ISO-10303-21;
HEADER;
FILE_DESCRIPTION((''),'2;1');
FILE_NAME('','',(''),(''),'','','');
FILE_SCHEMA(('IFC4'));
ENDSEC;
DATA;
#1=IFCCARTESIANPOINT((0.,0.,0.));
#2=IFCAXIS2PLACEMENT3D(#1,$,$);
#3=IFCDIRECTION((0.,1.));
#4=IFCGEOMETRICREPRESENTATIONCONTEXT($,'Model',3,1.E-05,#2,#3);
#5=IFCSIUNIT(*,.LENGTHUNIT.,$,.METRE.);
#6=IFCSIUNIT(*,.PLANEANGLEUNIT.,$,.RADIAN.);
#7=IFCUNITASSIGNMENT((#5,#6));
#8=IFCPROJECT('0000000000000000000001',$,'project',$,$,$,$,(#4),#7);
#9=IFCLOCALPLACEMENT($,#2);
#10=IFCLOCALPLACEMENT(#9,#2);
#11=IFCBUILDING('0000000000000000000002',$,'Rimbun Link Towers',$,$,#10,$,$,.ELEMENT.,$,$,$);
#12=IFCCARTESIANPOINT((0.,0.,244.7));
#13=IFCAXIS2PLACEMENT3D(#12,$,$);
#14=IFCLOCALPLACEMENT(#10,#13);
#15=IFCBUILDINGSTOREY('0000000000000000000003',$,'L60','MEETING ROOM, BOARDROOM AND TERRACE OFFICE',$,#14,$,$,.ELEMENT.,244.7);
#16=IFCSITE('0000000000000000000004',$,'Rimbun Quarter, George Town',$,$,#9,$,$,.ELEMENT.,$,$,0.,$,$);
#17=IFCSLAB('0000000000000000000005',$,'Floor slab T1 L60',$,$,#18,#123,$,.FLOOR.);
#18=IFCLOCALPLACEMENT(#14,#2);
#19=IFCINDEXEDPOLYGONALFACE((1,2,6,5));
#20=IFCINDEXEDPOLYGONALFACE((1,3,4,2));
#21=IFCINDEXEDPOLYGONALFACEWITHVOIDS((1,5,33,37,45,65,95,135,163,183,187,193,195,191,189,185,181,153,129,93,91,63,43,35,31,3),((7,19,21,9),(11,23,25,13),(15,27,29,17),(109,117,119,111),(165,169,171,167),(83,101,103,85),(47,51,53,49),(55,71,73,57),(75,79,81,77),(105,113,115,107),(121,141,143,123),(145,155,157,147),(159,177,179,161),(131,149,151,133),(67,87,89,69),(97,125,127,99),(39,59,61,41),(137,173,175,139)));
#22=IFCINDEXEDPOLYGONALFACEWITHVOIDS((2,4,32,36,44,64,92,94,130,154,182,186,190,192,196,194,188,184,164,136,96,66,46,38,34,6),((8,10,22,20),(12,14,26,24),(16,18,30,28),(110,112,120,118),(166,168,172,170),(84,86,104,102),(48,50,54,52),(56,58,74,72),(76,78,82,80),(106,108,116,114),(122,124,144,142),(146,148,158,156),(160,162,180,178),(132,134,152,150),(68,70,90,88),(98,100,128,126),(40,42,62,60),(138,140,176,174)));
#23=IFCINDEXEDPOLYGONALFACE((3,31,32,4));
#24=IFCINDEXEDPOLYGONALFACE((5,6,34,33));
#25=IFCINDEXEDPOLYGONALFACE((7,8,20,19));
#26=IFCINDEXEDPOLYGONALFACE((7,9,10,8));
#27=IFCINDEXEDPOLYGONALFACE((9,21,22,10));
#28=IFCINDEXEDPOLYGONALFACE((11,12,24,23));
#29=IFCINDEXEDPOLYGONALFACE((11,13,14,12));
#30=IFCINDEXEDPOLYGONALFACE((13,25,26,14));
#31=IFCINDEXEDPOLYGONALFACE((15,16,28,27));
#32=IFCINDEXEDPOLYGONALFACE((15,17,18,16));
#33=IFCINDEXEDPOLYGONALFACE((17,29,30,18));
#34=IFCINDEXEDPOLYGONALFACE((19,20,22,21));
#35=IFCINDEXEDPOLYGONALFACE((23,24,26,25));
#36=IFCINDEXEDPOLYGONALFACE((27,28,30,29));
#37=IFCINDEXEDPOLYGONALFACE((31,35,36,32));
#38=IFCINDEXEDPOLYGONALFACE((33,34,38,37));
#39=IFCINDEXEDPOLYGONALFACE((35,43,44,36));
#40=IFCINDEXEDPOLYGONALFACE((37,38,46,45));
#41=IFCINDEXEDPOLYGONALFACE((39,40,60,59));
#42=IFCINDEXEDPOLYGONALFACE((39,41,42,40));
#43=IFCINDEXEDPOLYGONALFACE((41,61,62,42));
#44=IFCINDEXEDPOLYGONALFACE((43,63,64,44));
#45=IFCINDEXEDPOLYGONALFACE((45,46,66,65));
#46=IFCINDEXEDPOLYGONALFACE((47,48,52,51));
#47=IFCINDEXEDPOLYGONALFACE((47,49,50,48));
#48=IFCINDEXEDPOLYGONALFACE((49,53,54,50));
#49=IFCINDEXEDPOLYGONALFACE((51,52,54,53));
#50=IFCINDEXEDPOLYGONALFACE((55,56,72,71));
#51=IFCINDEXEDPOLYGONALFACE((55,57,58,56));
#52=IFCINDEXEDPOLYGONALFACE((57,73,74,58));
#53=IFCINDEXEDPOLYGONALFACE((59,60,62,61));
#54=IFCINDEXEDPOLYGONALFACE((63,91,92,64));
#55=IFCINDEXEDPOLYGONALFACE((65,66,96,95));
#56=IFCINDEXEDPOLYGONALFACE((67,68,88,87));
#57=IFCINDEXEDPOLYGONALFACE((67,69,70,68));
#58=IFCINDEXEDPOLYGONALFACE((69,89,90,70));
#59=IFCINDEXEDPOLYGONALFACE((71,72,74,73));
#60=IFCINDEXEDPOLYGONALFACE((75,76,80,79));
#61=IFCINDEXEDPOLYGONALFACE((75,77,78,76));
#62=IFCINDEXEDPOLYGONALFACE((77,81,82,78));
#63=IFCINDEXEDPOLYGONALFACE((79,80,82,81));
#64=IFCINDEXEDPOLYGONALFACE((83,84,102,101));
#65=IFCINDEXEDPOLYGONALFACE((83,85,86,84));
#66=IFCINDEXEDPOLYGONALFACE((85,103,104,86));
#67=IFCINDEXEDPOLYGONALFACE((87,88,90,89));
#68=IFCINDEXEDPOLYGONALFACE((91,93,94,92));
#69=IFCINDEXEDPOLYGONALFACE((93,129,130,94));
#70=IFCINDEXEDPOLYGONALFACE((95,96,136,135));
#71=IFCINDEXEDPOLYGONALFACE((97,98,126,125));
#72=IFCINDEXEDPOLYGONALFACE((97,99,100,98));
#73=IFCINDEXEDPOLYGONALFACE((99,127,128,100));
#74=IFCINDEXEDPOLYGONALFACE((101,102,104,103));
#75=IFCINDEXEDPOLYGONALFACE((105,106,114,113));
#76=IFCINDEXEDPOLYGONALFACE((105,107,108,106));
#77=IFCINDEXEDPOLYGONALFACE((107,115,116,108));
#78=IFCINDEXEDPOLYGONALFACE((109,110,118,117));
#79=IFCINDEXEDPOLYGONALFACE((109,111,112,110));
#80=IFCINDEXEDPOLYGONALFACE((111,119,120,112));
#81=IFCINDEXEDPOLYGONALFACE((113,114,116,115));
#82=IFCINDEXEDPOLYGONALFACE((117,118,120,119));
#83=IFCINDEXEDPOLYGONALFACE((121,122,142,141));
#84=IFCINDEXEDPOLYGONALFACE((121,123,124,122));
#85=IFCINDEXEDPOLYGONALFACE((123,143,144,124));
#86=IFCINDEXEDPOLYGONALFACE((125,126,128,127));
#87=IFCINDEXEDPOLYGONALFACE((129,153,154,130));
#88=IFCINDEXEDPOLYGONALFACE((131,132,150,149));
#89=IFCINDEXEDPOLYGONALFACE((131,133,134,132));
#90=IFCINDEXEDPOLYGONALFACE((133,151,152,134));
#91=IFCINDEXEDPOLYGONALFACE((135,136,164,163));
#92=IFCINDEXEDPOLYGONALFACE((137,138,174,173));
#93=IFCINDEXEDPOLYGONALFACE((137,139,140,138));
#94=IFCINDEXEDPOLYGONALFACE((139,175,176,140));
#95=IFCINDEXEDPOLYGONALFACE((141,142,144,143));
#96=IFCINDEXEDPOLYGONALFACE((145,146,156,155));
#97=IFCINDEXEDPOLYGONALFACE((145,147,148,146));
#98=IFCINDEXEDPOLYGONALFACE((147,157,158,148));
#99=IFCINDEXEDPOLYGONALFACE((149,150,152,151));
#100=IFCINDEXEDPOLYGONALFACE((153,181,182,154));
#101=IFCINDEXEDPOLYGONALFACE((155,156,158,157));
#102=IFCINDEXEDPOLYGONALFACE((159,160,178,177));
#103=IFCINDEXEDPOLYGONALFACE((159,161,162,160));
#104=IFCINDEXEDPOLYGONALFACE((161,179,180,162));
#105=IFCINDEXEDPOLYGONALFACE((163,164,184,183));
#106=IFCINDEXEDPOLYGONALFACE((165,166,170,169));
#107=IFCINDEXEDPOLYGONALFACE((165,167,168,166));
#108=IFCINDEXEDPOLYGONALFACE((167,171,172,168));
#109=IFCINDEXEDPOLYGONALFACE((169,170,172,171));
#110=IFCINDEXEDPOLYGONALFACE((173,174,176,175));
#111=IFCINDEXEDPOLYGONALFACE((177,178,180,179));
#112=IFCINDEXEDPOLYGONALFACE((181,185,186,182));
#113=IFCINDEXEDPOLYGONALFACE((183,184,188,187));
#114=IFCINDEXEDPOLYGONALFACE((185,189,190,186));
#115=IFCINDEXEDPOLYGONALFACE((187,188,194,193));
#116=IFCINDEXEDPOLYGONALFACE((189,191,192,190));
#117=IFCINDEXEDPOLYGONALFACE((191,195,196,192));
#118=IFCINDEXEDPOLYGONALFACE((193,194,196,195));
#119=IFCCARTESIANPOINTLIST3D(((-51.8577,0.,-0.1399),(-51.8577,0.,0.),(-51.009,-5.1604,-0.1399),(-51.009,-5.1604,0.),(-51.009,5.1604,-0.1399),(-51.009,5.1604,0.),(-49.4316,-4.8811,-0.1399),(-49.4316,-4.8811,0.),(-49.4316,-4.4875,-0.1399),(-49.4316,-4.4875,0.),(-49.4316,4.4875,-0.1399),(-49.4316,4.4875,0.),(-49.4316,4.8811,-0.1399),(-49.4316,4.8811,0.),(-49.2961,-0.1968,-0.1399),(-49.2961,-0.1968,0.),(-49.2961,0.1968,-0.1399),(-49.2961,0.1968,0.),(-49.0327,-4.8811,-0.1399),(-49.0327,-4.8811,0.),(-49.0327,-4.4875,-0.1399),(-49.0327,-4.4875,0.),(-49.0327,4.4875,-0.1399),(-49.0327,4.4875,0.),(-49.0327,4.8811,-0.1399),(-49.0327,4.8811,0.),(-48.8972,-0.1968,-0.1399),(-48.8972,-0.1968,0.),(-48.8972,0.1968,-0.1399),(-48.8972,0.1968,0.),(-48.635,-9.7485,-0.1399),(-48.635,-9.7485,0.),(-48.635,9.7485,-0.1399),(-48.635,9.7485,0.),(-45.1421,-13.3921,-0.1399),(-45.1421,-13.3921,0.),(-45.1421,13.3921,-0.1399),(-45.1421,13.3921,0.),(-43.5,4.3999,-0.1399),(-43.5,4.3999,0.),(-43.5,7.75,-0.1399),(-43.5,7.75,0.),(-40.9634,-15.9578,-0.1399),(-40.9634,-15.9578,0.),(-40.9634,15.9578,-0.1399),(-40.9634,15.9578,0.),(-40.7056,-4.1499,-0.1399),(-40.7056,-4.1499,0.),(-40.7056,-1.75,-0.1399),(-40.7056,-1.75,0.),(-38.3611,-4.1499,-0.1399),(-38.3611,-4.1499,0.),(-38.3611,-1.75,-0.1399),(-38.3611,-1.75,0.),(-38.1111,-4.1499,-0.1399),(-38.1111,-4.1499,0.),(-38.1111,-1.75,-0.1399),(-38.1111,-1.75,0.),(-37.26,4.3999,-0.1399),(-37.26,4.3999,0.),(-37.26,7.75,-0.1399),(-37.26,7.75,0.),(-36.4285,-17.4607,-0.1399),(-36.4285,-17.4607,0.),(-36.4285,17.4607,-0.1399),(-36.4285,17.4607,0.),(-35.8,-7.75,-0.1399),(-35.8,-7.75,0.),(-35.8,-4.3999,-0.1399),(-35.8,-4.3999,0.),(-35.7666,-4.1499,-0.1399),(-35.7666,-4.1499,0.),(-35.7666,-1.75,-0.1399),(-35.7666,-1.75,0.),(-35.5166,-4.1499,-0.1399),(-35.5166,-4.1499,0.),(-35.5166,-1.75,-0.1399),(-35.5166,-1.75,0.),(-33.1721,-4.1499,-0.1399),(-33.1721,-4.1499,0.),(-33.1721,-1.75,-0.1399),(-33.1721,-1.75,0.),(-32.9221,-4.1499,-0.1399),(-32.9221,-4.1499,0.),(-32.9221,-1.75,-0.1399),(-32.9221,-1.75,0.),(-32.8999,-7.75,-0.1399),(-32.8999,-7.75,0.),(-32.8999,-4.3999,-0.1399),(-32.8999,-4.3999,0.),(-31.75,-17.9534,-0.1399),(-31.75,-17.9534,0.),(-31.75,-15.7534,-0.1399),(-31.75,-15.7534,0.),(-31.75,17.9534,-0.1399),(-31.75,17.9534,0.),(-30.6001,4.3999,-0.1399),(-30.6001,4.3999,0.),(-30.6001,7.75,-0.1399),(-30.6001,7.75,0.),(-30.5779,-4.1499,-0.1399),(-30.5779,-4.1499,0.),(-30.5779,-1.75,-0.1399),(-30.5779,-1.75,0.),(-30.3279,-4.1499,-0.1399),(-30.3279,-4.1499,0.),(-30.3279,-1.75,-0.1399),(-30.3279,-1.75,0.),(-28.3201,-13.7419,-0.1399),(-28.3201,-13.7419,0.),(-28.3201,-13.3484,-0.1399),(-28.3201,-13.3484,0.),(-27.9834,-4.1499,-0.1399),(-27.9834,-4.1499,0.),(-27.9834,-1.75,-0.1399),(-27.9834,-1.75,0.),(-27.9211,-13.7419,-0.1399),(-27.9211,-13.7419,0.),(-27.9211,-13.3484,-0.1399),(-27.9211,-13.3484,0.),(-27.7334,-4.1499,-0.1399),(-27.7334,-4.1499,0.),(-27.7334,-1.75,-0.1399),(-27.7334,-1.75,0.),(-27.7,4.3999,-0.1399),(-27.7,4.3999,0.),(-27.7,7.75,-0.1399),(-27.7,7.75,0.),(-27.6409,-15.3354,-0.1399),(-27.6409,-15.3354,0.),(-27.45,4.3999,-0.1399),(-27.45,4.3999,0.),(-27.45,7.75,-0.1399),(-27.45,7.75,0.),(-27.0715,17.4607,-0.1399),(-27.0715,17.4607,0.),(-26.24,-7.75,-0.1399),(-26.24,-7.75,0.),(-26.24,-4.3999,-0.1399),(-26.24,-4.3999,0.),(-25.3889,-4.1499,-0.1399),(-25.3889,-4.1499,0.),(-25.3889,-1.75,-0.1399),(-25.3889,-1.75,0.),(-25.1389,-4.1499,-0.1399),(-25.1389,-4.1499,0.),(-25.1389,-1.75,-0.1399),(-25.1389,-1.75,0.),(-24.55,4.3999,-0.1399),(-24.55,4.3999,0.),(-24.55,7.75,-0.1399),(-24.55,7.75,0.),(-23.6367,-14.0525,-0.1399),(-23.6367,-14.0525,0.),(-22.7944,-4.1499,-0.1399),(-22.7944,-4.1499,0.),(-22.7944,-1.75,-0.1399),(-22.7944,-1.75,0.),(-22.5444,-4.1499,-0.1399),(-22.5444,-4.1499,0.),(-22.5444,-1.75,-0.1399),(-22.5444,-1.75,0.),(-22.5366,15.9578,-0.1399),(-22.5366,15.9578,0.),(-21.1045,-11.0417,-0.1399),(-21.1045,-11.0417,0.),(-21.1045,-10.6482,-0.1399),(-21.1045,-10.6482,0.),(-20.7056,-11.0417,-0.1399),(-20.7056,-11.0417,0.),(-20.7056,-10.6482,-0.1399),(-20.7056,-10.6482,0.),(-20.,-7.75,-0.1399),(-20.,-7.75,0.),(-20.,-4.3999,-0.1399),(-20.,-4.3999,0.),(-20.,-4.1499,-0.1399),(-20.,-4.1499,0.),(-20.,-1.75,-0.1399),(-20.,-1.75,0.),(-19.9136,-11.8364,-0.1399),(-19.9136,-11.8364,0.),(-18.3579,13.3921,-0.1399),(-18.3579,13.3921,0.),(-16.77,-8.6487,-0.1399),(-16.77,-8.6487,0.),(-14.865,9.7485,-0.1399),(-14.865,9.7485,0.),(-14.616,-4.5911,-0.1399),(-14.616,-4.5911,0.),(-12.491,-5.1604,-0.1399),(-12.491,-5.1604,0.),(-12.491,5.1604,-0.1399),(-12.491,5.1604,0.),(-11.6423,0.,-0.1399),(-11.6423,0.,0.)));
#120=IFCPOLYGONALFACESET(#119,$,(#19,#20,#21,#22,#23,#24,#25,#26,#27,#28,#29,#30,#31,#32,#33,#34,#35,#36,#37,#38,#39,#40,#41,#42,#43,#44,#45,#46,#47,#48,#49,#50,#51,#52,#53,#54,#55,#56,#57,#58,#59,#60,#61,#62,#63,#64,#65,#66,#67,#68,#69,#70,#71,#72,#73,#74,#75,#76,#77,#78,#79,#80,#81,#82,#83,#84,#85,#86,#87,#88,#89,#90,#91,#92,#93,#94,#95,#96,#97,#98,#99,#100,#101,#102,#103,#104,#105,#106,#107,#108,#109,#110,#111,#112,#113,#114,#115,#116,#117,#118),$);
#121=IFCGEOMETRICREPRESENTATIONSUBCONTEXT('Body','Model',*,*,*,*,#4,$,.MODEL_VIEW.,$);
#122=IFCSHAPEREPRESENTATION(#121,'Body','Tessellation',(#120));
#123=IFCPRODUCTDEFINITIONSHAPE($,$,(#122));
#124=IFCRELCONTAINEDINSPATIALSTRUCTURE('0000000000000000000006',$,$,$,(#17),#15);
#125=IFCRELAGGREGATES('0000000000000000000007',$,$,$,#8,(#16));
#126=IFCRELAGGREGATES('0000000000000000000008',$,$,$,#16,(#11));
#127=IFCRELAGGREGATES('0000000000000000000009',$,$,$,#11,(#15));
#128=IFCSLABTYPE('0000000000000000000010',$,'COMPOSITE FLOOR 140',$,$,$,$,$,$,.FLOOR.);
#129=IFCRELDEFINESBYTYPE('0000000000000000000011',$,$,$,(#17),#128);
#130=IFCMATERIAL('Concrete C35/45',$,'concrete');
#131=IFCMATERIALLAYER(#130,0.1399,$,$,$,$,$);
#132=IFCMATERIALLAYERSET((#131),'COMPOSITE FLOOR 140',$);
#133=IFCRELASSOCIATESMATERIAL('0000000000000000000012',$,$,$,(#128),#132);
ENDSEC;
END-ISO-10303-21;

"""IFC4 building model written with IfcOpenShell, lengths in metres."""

from ifc_helpers import new_model, si_unit, direction, frame, origin, place, context, subcontext, project, spatial, polyline, outline, extrude, material, layer, layer_set, type_object, element, save


model = new_model("IFC4")

# Units and contexts
model_context = context("Model", 3, precision=1e-05, world=origin(), true_north=direction((0.0, 1.0)))
body_context = subcontext(model_context, "Body", "Model", "MODEL_VIEW")
ifc_project = project(units=[si_unit("LENGTHUNIT", "METRE"), si_unit("PLANEANGLEUNIT", "RADIAN")], contexts=[model_context])

# Site, building, storey
site_placement = place(None, origin())
site = spatial("IfcSite", under=ifc_project, at=site_placement, Name="Rimbun Quarter, George Town", CompositionType="ELEMENT", RefElevation=0.0)
building_placement = place(site_placement, origin())
building = spatial("IfcBuilding", under=site, at=building_placement, Name="Rimbun Link Towers", CompositionType="ELEMENT")
storey_placement = place(building_placement, frame((0.0, 0.0, 244.7)))
storey = spatial("IfcBuildingStorey", under=building, at=storey_placement, Name="L60", Description="MEETING ROOM, BOARDROOM AND TERRACE OFFICE", CompositionType="ELEMENT", Elevation=244.7)

# Slab
ifc_material_1 = material(Name="Concrete C35/45", Category="concrete")
ifc_layer_1 = layer(ifc_material_1, 0.1399)
ifc_layer_set_1 = layer_set([ifc_layer_1], Name="COMPOSITE FLOOR 140")
slab_type_1 = type_object("IfcSlabType", Name="COMPOSITE FLOOR 140", PredefinedType="FLOOR", material=ifc_layer_set_1)
slab_1_placement = place(storey_placement, frame((0.0, 0.0, -0.1399)))
element("IfcSlab", 1, at=slab_1_placement, inside=storey, type_object=slab_type_1, Name="Floor slab T1 L60", PredefinedType="FLOOR", context=body_context, shape_type="SweptSolid", body=[
    extrude(outline(polyline([(-36.4285, -17.4607), (-40.9634, -15.9578), (-45.1421, -13.3921), (-48.635, -9.7485), (-51.009, -5.1604), (-51.8577, 0.0), (-51.009, 5.1604), (-48.635, 9.7485), (-45.1421, 13.3921), (-40.9634, 15.9578), (-36.4285, 17.4607), (-31.75, 17.9534), (-27.0715, 17.4607), (-22.5366, 15.9578), (-18.3579, 13.3921), (-14.865, 9.7485), (-12.491, 5.1604), (-11.6423, 0.0), (-12.491, -5.1604), (-14.616, -4.5911), (-16.77, -8.6487), (-19.9136, -11.8364), (-23.6367, -14.0525), (-27.6409, -15.3354), (-31.75, -15.7534), (-31.75, -17.9534), (-36.4285, -17.4607)]), holes=[polyline([(-32.8999, -7.75), (-32.8999, -4.3999), (-35.8, -4.3999), (-35.8, -7.75), (-32.8999, -7.75)]), polyline([(-49.0327, -4.8811), (-49.0327, -4.4875), (-49.4316, -4.4875), (-49.4316, -4.8811), (-49.0327, -4.8811)]), polyline([(-38.3611, -4.1499), (-38.3611, -1.75), (-40.7056, -1.75), (-40.7056, -4.1499), (-38.3611, -4.1499)]), polyline([(-35.7666, -4.1499), (-35.7666, -1.75), (-38.1111, -1.75), (-38.1111, -4.1499), (-35.7666, -4.1499)]), polyline([(-33.1721, -4.1499), (-33.1721, -1.75), (-35.5166, -1.75), (-35.5166, -4.1499), (-33.1721, -4.1499)]), polyline([(-30.5779, -4.1499), (-30.5779, -1.75), (-32.9221, -1.75), (-32.9221, -4.1499), (-30.5779, -4.1499)]), polyline([(-48.8972, -0.1968), (-48.8972, 0.1968), (-49.2961, 0.1968), (-49.2961, -0.1968), (-48.8972, -0.1968)]), polyline([(-49.4316, 4.4875), (-49.0327, 4.4875), (-49.0327, 4.8811), (-49.4316, 4.8811), (-49.4316, 4.4875)]), polyline([(-43.5, 4.3999), (-37.26, 4.3999), (-37.26, 7.75), (-43.5, 7.75), (-43.5, 4.3999)]), polyline([(-27.9211, -13.7419), (-27.9211, -13.3484), (-28.3201, -13.3484), (-28.3201, -13.7419), (-27.9211, -13.7419)]), polyline([(-20.7056, -11.0417), (-20.7056, -10.6482), (-21.1045, -10.6482), (-21.1045, -11.0417), (-20.7056, -11.0417)]), polyline([(-20.0, -7.75), (-20.0, -4.3999), (-26.24, -4.3999), (-26.24, -7.75), (-20.0, -7.75)]), polyline([(-27.9834, -4.1499), (-27.9834, -1.75), (-30.3279, -1.75), (-30.3279, -4.1499), (-27.9834, -4.1499)]), polyline([(-25.3889, -4.1499), (-25.3889, -1.75), (-27.7334, -1.75), (-27.7334, -4.1499), (-25.3889, -4.1499)]), polyline([(-22.7944, -4.1499), (-22.7944, -1.75), (-25.1389, -1.75), (-25.1389, -4.1499), (-22.7944, -4.1499)]), polyline([(-20.0, -4.1499), (-20.0, -1.75), (-22.5444, -1.75), (-22.5444, -4.1499), (-20.0, -4.1499)]), polyline([(-30.6001, 4.3999), (-27.7, 4.3999), (-27.7, 7.75), (-30.6001, 7.75), (-30.6001, 4.3999)]), polyline([(-27.45, 4.3999), (-24.55, 4.3999), (-24.55, 7.75), (-27.45, 7.75), (-27.45, 4.3999)])]), origin(), (0.0, 0.0, 1.0), 0.1399),
])

save(model, "model.ifc")
